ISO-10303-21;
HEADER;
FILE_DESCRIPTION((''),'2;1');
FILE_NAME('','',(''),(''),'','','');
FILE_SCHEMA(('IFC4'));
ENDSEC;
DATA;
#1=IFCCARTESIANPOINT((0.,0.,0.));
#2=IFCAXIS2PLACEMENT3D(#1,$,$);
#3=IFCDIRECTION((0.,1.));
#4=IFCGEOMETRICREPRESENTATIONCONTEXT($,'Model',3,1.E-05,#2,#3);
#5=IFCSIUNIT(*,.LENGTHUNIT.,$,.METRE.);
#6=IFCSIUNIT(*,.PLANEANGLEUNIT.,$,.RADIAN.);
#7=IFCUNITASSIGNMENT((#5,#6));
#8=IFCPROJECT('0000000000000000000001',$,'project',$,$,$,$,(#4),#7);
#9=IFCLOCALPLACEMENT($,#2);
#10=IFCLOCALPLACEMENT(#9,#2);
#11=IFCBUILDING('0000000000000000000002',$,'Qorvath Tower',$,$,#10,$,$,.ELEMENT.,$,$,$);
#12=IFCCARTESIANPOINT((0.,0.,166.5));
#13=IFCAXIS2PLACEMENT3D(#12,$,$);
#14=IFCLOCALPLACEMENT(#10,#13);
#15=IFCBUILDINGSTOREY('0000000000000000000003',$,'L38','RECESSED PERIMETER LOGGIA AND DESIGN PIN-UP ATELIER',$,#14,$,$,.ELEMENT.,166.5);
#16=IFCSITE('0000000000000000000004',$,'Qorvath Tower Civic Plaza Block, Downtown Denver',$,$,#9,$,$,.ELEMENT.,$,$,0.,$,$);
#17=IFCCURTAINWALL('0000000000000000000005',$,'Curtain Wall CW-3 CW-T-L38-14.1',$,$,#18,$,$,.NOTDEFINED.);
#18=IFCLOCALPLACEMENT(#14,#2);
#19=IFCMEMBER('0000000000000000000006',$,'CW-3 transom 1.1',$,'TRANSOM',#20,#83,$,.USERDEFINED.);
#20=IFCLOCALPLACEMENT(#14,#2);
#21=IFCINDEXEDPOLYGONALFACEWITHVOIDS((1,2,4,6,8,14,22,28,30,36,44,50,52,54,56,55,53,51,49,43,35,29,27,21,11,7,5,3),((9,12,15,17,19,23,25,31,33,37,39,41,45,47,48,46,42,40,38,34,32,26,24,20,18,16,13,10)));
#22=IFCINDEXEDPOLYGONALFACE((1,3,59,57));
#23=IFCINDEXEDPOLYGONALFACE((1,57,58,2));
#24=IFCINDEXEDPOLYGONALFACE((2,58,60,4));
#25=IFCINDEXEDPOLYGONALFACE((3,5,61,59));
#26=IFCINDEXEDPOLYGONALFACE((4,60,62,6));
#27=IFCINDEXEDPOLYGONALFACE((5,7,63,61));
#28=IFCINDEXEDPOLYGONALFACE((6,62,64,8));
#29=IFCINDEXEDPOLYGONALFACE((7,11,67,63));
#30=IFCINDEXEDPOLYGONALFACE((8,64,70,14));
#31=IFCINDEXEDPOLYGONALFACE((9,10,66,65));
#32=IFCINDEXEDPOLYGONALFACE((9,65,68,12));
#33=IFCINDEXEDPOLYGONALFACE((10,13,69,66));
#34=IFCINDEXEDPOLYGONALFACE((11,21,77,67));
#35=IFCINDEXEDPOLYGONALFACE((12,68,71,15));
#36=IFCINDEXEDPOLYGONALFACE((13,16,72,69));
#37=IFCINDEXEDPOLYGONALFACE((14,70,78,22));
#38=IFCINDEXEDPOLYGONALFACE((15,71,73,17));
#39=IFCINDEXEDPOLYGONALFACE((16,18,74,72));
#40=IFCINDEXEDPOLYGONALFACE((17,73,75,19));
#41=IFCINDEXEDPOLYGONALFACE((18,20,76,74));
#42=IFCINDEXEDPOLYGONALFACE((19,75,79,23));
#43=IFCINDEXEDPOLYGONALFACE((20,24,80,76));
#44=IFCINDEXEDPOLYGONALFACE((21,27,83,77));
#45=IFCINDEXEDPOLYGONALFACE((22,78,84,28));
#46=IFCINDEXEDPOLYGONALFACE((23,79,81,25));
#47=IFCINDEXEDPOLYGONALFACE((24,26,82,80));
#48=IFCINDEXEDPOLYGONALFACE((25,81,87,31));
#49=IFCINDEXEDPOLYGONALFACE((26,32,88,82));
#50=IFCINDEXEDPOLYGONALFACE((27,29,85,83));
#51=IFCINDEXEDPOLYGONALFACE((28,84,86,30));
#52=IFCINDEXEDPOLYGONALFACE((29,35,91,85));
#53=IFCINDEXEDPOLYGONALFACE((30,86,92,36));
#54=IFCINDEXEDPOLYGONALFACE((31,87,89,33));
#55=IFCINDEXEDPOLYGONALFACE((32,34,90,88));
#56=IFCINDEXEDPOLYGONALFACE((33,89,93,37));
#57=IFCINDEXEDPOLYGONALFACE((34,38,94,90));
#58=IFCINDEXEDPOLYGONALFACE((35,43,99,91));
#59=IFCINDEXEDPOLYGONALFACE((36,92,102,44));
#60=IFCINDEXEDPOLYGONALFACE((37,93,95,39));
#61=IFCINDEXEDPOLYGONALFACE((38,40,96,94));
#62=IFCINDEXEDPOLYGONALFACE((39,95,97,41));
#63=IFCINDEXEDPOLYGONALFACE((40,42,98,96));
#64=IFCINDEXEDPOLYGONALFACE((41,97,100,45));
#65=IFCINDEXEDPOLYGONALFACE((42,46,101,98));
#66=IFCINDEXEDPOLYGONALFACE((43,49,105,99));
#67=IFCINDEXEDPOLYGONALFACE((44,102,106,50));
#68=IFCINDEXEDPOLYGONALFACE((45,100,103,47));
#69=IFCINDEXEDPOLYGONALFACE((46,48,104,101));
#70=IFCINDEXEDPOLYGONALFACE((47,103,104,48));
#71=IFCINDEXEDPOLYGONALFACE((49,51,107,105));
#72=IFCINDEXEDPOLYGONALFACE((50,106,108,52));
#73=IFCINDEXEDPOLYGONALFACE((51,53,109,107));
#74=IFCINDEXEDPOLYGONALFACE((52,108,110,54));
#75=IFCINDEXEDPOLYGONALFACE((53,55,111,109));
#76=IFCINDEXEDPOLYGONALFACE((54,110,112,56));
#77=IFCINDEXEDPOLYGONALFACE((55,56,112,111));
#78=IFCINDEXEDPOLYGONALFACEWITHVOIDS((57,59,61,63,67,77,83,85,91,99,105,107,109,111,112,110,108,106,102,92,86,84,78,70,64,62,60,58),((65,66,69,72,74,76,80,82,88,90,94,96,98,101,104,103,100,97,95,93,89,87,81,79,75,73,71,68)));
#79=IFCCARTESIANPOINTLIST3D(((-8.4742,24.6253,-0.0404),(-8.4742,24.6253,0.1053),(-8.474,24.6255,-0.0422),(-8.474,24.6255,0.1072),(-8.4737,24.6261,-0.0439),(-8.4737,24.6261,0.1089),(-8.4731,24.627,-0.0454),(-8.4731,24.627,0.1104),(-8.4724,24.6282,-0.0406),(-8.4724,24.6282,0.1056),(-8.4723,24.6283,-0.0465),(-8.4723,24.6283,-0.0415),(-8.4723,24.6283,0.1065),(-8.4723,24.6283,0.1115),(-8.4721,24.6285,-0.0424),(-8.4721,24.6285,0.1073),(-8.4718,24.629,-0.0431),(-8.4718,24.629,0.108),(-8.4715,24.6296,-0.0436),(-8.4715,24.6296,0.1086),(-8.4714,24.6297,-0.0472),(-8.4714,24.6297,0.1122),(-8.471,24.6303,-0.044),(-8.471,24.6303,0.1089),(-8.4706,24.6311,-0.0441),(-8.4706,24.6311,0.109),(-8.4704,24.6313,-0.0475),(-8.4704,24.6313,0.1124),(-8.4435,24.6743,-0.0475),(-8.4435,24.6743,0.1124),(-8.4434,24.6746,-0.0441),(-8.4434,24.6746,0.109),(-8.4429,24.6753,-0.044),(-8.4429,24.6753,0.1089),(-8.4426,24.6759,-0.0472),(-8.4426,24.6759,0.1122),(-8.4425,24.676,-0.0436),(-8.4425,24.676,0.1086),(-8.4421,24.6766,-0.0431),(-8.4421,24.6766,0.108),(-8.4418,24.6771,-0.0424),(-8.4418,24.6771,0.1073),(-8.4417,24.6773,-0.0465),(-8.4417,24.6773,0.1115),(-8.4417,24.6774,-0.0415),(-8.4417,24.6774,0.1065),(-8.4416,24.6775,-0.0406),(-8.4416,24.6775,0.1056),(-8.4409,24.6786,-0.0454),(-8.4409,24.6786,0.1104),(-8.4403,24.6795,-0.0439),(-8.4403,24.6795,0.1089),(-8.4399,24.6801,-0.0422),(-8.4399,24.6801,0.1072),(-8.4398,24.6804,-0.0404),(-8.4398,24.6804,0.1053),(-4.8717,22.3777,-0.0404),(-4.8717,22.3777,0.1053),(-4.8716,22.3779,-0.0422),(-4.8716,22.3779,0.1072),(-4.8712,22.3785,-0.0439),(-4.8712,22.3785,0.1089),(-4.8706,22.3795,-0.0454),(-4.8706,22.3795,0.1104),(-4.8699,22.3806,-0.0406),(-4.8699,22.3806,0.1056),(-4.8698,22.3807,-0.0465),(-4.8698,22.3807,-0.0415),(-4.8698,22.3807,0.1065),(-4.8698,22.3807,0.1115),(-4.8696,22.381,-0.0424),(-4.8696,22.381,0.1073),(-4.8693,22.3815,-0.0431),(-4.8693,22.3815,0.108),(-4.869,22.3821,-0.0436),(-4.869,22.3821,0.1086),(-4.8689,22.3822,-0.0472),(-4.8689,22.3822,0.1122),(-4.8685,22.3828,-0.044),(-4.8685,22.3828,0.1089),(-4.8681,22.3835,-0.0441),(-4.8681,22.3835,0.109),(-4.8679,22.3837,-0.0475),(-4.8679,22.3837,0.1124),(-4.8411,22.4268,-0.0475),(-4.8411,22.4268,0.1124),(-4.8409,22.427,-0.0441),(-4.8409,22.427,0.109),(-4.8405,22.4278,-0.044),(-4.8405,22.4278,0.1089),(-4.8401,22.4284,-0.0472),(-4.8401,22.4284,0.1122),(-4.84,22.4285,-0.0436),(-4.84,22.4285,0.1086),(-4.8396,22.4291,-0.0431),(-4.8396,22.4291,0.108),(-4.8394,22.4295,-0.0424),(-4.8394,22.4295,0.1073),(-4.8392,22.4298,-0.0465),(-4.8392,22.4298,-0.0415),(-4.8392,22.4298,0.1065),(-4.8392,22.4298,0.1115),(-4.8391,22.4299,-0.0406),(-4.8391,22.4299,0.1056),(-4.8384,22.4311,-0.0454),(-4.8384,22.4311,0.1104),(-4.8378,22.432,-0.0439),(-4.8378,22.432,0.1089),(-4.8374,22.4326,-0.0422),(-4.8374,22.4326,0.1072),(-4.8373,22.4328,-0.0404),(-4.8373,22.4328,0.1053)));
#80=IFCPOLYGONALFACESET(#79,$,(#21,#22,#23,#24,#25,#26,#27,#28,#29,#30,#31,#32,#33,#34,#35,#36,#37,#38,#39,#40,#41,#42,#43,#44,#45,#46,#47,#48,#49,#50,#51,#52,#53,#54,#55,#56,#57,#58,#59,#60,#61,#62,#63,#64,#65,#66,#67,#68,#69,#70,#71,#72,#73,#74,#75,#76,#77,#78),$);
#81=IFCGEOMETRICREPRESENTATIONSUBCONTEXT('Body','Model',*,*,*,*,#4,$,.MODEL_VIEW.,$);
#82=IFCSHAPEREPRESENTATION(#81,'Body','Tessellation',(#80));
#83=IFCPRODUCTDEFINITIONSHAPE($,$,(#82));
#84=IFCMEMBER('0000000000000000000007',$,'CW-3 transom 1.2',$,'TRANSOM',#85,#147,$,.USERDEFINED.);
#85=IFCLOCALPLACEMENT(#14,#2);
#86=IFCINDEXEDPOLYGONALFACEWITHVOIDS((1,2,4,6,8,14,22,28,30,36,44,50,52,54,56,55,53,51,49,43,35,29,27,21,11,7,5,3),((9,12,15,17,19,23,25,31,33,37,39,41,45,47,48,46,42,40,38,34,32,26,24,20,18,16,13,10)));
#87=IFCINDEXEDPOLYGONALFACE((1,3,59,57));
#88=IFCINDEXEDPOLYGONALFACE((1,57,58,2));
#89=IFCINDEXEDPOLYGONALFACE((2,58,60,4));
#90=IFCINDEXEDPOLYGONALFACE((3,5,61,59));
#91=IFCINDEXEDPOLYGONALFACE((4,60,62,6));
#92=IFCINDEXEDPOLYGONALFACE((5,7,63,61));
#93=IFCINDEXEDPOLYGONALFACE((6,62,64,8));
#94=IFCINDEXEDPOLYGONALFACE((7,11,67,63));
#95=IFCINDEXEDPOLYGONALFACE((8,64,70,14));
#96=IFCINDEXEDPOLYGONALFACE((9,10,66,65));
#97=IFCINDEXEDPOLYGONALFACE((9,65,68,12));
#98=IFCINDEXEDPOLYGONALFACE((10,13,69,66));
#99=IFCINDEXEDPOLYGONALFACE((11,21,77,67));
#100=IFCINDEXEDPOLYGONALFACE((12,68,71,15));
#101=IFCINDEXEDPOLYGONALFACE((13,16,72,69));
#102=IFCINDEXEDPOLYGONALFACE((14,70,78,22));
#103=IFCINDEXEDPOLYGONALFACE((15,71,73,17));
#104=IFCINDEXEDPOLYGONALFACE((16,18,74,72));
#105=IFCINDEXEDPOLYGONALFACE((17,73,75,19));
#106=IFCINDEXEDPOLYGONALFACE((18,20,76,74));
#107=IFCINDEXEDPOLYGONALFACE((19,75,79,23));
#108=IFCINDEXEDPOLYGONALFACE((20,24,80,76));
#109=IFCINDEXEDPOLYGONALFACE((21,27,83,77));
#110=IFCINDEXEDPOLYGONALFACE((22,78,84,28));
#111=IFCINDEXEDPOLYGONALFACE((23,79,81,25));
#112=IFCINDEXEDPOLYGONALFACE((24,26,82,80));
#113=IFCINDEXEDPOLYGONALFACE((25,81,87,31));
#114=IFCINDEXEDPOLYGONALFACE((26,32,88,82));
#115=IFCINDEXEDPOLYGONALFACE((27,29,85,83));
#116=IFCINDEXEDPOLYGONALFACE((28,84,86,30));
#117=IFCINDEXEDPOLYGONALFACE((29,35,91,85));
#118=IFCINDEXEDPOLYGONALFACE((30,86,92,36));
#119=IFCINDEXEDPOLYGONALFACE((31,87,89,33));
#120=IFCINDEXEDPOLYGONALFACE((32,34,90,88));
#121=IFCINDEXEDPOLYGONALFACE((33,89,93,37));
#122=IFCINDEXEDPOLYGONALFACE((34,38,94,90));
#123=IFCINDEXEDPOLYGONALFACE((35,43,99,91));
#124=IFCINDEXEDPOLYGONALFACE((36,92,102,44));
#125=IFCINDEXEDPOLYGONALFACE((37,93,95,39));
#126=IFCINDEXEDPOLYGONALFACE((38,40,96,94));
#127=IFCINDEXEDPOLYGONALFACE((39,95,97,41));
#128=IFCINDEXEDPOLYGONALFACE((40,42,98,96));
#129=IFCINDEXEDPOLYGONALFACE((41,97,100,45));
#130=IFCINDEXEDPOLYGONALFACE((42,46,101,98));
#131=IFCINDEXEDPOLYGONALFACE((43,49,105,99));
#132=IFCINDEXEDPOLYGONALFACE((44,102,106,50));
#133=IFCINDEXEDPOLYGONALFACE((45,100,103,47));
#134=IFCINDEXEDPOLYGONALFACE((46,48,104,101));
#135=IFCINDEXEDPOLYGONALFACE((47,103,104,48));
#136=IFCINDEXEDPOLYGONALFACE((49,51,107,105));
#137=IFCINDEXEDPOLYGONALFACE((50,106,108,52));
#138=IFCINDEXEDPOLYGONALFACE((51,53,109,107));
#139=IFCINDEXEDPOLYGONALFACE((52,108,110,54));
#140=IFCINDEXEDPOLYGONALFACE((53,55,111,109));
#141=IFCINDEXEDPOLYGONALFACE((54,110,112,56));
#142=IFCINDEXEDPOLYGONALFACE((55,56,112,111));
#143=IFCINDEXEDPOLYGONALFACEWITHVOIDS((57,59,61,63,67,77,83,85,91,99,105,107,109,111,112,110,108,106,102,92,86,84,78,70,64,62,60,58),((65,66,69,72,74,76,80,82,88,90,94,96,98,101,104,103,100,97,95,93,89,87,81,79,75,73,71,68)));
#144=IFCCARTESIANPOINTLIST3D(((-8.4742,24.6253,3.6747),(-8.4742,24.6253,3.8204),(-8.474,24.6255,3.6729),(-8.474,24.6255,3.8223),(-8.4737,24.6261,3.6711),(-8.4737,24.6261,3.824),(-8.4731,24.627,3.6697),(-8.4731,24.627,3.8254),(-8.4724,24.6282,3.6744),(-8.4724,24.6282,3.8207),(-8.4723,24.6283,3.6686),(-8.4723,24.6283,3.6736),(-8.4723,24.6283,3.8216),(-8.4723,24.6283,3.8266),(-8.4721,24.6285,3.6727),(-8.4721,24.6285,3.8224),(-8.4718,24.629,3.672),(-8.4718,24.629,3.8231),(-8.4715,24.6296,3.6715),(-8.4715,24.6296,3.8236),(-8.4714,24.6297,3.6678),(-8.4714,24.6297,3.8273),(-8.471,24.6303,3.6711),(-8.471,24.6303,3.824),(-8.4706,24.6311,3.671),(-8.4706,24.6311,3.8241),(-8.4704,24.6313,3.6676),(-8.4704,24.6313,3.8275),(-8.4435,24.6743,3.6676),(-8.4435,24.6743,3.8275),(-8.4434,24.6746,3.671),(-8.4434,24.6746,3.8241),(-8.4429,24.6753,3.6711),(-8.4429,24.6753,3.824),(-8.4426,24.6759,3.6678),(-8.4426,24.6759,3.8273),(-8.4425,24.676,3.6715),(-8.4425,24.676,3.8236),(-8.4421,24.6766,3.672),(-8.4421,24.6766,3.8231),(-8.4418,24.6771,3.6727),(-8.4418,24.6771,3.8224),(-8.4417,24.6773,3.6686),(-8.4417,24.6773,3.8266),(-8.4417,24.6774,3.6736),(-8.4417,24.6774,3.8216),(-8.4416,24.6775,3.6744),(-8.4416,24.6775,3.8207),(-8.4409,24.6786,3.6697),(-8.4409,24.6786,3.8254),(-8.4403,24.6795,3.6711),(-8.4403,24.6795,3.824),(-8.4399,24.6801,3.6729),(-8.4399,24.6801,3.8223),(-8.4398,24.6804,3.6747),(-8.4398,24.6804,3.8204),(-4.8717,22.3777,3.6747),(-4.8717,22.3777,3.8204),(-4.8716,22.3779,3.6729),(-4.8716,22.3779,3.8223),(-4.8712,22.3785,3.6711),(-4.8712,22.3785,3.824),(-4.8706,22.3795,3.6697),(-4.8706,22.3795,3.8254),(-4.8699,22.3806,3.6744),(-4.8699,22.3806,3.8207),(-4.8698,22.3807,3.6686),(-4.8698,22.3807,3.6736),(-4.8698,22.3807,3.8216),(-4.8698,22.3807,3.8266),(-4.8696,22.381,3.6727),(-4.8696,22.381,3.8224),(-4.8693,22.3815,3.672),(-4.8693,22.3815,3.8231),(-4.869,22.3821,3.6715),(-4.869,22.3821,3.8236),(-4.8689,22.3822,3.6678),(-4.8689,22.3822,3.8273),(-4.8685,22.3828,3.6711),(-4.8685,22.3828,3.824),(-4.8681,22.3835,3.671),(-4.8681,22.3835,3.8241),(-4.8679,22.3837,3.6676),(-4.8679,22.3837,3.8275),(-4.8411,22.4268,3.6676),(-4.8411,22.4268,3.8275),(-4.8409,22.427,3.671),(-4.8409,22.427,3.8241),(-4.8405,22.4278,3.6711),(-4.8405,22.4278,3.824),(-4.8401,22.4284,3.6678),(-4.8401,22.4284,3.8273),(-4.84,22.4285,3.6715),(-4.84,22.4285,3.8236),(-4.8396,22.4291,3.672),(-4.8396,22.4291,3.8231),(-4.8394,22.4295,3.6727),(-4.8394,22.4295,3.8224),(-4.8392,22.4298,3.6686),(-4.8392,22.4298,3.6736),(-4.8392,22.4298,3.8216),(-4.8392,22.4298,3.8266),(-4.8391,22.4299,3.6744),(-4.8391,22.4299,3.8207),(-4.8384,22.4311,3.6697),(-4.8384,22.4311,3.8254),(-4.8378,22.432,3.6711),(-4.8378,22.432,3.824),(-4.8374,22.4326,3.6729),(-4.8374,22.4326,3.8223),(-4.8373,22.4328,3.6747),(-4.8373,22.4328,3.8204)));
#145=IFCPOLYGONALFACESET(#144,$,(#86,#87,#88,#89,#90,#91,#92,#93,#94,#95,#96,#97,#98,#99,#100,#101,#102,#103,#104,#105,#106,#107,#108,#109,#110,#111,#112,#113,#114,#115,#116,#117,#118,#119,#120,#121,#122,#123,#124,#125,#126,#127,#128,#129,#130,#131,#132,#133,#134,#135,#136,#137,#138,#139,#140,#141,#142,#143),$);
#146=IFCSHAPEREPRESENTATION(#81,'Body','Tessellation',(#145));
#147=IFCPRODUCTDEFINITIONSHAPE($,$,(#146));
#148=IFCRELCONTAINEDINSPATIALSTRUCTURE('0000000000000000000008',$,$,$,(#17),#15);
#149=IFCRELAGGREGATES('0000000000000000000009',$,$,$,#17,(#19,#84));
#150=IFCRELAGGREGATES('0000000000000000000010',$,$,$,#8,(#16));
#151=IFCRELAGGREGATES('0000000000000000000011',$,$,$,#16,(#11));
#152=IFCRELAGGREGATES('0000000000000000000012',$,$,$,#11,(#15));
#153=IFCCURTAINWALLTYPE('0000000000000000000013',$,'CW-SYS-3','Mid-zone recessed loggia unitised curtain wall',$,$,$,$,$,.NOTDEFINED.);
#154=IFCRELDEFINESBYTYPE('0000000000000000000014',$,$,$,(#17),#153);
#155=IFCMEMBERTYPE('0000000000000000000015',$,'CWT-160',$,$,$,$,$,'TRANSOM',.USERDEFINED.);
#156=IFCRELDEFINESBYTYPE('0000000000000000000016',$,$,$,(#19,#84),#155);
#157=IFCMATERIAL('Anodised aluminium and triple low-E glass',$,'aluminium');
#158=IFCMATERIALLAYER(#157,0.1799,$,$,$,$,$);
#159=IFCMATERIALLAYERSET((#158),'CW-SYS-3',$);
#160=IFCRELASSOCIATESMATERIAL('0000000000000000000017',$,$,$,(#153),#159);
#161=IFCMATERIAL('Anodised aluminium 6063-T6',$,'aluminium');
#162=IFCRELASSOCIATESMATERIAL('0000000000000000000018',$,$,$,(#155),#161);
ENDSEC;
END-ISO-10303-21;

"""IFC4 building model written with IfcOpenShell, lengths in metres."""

from ifc_helpers import new_model, si_unit, direction, frame, origin, origin_2d, place, context, subcontext, project, spatial, hollow_rectangle, extrude, material, layer, layer_set, material_profile, profile_set, type_object, element, aggregate, save


model = new_model("IFC4")

# Units and contexts
model_context = context("Model", 3, precision=1e-05, world=origin(), true_north=direction((0.0, 1.0)))
body_context = subcontext(model_context, "Body", "Model", "MODEL_VIEW")
ifc_project = project(units=[si_unit("LENGTHUNIT", "METRE"), si_unit("PLANEANGLEUNIT", "RADIAN")], contexts=[model_context])

# Site, building, storey
site_placement = place(None, origin())
site = spatial("IfcSite", under=ifc_project, at=site_placement, Name="Qorvath Tower Civic Plaza Block, Downtown Denver", CompositionType="ELEMENT", RefElevation=0.0)
building_placement = place(site_placement, origin())
building = spatial("IfcBuilding", under=site, at=building_placement, Name="Qorvath Tower", CompositionType="ELEMENT")
storey_placement = place(building_placement, frame((0.0, 0.0, 166.5)))
storey = spatial("IfcBuildingStorey", under=building, at=storey_placement, Name="L38", Description="RECESSED PERIMETER LOGGIA AND DESIGN PIN-UP ATELIER", CompositionType="ELEMENT", Elevation=166.5)

# Shared definitions
ifc_material_1 = material(Name="Anodised aluminium and triple low-E glass", Category="aluminium")
ifc_layer_1 = layer(ifc_material_1, 0.1799)
ifc_layer_set_1 = layer_set([ifc_layer_1], Name="CW-SYS-3")
curtain_wall_type = type_object("IfcCurtainWallType", Name="CW-SYS-3", Description="Mid-zone recessed loggia unitised curtain wall", PredefinedType="NOTDEFINED", material=ifc_layer_set_1)

# Curtain wall
curtain_wall_1_placement = place(storey_placement, origin())
curtain_wall_1 = element("IfcCurtainWall", 1, at=curtain_wall_1_placement, inside=storey, type_object=curtain_wall_type, Name="Curtain Wall CW-3 CW-T-L38-14.1", PredefinedType="NOTDEFINED")

# Members
ifc_material_2 = material(Name="Anodised aluminium 6063-T6", Category="aluminium")
ifc_material_profile_1 = material_profile(ifc_material_2, hollow_rectangle(XDim=0.0649, YDim=0.1599, WallThickness=0.0034, InnerFilletRadius=0.0034, OuterFilletRadius=0.0071, at=origin_2d()), Name="CWT 160x65")
ifc_profile_set_1 = profile_set([ifc_material_profile_1], Name="Anodised aluminium 6063-T6")
member_type_1 = type_object("IfcMemberType", Name="CWT-160", ElementType="TRANSOM", PredefinedType="USERDEFINED", material=ifc_profile_set_1)
member_1_placement = place(storey_placement, frame((-4.8545, 22.4053, 0.0325), z_axis=(-0.848424, 0.529317, 0.0), x_axis=(-0.529317, -0.848424, 0.0)))
member_1 = element("IfcMember", 2, at=member_1_placement, type_object=member_type_1, Name="CW-3 transom 1.1", ObjectType="TRANSOM", PredefinedType="USERDEFINED", context=body_context, shape_type="SweptSolid", body=[
    extrude(hollow_rectangle(XDim=0.0649, YDim=0.1599, WallThickness=0.0034, InnerFilletRadius=0.0034, OuterFilletRadius=0.0071, at=origin_2d()), origin(), (0.0, 0.0, 1.0), 4.2461),
])
member_2_placement = place(storey_placement, frame((-4.8545, 22.4053, 3.7476), z_axis=(-0.848424, 0.529317, 0.0), x_axis=(-0.529317, -0.848424, 0.0)))
member_2 = element("IfcMember", 3, at=member_2_placement, type_object=member_type_1, Name="CW-3 transom 1.2", ObjectType="TRANSOM", PredefinedType="USERDEFINED", context=body_context, shape_type="SweptSolid", body=[
    extrude(hollow_rectangle(XDim=0.0649, YDim=0.1599, WallThickness=0.0034, InnerFilletRadius=0.0034, OuterFilletRadius=0.0071, at=origin_2d()), origin(), (0.0, 0.0, 1.0), 4.2461),
])

aggregate(curtain_wall_1, [member_1, member_2])

save(model, "model.ifc")
